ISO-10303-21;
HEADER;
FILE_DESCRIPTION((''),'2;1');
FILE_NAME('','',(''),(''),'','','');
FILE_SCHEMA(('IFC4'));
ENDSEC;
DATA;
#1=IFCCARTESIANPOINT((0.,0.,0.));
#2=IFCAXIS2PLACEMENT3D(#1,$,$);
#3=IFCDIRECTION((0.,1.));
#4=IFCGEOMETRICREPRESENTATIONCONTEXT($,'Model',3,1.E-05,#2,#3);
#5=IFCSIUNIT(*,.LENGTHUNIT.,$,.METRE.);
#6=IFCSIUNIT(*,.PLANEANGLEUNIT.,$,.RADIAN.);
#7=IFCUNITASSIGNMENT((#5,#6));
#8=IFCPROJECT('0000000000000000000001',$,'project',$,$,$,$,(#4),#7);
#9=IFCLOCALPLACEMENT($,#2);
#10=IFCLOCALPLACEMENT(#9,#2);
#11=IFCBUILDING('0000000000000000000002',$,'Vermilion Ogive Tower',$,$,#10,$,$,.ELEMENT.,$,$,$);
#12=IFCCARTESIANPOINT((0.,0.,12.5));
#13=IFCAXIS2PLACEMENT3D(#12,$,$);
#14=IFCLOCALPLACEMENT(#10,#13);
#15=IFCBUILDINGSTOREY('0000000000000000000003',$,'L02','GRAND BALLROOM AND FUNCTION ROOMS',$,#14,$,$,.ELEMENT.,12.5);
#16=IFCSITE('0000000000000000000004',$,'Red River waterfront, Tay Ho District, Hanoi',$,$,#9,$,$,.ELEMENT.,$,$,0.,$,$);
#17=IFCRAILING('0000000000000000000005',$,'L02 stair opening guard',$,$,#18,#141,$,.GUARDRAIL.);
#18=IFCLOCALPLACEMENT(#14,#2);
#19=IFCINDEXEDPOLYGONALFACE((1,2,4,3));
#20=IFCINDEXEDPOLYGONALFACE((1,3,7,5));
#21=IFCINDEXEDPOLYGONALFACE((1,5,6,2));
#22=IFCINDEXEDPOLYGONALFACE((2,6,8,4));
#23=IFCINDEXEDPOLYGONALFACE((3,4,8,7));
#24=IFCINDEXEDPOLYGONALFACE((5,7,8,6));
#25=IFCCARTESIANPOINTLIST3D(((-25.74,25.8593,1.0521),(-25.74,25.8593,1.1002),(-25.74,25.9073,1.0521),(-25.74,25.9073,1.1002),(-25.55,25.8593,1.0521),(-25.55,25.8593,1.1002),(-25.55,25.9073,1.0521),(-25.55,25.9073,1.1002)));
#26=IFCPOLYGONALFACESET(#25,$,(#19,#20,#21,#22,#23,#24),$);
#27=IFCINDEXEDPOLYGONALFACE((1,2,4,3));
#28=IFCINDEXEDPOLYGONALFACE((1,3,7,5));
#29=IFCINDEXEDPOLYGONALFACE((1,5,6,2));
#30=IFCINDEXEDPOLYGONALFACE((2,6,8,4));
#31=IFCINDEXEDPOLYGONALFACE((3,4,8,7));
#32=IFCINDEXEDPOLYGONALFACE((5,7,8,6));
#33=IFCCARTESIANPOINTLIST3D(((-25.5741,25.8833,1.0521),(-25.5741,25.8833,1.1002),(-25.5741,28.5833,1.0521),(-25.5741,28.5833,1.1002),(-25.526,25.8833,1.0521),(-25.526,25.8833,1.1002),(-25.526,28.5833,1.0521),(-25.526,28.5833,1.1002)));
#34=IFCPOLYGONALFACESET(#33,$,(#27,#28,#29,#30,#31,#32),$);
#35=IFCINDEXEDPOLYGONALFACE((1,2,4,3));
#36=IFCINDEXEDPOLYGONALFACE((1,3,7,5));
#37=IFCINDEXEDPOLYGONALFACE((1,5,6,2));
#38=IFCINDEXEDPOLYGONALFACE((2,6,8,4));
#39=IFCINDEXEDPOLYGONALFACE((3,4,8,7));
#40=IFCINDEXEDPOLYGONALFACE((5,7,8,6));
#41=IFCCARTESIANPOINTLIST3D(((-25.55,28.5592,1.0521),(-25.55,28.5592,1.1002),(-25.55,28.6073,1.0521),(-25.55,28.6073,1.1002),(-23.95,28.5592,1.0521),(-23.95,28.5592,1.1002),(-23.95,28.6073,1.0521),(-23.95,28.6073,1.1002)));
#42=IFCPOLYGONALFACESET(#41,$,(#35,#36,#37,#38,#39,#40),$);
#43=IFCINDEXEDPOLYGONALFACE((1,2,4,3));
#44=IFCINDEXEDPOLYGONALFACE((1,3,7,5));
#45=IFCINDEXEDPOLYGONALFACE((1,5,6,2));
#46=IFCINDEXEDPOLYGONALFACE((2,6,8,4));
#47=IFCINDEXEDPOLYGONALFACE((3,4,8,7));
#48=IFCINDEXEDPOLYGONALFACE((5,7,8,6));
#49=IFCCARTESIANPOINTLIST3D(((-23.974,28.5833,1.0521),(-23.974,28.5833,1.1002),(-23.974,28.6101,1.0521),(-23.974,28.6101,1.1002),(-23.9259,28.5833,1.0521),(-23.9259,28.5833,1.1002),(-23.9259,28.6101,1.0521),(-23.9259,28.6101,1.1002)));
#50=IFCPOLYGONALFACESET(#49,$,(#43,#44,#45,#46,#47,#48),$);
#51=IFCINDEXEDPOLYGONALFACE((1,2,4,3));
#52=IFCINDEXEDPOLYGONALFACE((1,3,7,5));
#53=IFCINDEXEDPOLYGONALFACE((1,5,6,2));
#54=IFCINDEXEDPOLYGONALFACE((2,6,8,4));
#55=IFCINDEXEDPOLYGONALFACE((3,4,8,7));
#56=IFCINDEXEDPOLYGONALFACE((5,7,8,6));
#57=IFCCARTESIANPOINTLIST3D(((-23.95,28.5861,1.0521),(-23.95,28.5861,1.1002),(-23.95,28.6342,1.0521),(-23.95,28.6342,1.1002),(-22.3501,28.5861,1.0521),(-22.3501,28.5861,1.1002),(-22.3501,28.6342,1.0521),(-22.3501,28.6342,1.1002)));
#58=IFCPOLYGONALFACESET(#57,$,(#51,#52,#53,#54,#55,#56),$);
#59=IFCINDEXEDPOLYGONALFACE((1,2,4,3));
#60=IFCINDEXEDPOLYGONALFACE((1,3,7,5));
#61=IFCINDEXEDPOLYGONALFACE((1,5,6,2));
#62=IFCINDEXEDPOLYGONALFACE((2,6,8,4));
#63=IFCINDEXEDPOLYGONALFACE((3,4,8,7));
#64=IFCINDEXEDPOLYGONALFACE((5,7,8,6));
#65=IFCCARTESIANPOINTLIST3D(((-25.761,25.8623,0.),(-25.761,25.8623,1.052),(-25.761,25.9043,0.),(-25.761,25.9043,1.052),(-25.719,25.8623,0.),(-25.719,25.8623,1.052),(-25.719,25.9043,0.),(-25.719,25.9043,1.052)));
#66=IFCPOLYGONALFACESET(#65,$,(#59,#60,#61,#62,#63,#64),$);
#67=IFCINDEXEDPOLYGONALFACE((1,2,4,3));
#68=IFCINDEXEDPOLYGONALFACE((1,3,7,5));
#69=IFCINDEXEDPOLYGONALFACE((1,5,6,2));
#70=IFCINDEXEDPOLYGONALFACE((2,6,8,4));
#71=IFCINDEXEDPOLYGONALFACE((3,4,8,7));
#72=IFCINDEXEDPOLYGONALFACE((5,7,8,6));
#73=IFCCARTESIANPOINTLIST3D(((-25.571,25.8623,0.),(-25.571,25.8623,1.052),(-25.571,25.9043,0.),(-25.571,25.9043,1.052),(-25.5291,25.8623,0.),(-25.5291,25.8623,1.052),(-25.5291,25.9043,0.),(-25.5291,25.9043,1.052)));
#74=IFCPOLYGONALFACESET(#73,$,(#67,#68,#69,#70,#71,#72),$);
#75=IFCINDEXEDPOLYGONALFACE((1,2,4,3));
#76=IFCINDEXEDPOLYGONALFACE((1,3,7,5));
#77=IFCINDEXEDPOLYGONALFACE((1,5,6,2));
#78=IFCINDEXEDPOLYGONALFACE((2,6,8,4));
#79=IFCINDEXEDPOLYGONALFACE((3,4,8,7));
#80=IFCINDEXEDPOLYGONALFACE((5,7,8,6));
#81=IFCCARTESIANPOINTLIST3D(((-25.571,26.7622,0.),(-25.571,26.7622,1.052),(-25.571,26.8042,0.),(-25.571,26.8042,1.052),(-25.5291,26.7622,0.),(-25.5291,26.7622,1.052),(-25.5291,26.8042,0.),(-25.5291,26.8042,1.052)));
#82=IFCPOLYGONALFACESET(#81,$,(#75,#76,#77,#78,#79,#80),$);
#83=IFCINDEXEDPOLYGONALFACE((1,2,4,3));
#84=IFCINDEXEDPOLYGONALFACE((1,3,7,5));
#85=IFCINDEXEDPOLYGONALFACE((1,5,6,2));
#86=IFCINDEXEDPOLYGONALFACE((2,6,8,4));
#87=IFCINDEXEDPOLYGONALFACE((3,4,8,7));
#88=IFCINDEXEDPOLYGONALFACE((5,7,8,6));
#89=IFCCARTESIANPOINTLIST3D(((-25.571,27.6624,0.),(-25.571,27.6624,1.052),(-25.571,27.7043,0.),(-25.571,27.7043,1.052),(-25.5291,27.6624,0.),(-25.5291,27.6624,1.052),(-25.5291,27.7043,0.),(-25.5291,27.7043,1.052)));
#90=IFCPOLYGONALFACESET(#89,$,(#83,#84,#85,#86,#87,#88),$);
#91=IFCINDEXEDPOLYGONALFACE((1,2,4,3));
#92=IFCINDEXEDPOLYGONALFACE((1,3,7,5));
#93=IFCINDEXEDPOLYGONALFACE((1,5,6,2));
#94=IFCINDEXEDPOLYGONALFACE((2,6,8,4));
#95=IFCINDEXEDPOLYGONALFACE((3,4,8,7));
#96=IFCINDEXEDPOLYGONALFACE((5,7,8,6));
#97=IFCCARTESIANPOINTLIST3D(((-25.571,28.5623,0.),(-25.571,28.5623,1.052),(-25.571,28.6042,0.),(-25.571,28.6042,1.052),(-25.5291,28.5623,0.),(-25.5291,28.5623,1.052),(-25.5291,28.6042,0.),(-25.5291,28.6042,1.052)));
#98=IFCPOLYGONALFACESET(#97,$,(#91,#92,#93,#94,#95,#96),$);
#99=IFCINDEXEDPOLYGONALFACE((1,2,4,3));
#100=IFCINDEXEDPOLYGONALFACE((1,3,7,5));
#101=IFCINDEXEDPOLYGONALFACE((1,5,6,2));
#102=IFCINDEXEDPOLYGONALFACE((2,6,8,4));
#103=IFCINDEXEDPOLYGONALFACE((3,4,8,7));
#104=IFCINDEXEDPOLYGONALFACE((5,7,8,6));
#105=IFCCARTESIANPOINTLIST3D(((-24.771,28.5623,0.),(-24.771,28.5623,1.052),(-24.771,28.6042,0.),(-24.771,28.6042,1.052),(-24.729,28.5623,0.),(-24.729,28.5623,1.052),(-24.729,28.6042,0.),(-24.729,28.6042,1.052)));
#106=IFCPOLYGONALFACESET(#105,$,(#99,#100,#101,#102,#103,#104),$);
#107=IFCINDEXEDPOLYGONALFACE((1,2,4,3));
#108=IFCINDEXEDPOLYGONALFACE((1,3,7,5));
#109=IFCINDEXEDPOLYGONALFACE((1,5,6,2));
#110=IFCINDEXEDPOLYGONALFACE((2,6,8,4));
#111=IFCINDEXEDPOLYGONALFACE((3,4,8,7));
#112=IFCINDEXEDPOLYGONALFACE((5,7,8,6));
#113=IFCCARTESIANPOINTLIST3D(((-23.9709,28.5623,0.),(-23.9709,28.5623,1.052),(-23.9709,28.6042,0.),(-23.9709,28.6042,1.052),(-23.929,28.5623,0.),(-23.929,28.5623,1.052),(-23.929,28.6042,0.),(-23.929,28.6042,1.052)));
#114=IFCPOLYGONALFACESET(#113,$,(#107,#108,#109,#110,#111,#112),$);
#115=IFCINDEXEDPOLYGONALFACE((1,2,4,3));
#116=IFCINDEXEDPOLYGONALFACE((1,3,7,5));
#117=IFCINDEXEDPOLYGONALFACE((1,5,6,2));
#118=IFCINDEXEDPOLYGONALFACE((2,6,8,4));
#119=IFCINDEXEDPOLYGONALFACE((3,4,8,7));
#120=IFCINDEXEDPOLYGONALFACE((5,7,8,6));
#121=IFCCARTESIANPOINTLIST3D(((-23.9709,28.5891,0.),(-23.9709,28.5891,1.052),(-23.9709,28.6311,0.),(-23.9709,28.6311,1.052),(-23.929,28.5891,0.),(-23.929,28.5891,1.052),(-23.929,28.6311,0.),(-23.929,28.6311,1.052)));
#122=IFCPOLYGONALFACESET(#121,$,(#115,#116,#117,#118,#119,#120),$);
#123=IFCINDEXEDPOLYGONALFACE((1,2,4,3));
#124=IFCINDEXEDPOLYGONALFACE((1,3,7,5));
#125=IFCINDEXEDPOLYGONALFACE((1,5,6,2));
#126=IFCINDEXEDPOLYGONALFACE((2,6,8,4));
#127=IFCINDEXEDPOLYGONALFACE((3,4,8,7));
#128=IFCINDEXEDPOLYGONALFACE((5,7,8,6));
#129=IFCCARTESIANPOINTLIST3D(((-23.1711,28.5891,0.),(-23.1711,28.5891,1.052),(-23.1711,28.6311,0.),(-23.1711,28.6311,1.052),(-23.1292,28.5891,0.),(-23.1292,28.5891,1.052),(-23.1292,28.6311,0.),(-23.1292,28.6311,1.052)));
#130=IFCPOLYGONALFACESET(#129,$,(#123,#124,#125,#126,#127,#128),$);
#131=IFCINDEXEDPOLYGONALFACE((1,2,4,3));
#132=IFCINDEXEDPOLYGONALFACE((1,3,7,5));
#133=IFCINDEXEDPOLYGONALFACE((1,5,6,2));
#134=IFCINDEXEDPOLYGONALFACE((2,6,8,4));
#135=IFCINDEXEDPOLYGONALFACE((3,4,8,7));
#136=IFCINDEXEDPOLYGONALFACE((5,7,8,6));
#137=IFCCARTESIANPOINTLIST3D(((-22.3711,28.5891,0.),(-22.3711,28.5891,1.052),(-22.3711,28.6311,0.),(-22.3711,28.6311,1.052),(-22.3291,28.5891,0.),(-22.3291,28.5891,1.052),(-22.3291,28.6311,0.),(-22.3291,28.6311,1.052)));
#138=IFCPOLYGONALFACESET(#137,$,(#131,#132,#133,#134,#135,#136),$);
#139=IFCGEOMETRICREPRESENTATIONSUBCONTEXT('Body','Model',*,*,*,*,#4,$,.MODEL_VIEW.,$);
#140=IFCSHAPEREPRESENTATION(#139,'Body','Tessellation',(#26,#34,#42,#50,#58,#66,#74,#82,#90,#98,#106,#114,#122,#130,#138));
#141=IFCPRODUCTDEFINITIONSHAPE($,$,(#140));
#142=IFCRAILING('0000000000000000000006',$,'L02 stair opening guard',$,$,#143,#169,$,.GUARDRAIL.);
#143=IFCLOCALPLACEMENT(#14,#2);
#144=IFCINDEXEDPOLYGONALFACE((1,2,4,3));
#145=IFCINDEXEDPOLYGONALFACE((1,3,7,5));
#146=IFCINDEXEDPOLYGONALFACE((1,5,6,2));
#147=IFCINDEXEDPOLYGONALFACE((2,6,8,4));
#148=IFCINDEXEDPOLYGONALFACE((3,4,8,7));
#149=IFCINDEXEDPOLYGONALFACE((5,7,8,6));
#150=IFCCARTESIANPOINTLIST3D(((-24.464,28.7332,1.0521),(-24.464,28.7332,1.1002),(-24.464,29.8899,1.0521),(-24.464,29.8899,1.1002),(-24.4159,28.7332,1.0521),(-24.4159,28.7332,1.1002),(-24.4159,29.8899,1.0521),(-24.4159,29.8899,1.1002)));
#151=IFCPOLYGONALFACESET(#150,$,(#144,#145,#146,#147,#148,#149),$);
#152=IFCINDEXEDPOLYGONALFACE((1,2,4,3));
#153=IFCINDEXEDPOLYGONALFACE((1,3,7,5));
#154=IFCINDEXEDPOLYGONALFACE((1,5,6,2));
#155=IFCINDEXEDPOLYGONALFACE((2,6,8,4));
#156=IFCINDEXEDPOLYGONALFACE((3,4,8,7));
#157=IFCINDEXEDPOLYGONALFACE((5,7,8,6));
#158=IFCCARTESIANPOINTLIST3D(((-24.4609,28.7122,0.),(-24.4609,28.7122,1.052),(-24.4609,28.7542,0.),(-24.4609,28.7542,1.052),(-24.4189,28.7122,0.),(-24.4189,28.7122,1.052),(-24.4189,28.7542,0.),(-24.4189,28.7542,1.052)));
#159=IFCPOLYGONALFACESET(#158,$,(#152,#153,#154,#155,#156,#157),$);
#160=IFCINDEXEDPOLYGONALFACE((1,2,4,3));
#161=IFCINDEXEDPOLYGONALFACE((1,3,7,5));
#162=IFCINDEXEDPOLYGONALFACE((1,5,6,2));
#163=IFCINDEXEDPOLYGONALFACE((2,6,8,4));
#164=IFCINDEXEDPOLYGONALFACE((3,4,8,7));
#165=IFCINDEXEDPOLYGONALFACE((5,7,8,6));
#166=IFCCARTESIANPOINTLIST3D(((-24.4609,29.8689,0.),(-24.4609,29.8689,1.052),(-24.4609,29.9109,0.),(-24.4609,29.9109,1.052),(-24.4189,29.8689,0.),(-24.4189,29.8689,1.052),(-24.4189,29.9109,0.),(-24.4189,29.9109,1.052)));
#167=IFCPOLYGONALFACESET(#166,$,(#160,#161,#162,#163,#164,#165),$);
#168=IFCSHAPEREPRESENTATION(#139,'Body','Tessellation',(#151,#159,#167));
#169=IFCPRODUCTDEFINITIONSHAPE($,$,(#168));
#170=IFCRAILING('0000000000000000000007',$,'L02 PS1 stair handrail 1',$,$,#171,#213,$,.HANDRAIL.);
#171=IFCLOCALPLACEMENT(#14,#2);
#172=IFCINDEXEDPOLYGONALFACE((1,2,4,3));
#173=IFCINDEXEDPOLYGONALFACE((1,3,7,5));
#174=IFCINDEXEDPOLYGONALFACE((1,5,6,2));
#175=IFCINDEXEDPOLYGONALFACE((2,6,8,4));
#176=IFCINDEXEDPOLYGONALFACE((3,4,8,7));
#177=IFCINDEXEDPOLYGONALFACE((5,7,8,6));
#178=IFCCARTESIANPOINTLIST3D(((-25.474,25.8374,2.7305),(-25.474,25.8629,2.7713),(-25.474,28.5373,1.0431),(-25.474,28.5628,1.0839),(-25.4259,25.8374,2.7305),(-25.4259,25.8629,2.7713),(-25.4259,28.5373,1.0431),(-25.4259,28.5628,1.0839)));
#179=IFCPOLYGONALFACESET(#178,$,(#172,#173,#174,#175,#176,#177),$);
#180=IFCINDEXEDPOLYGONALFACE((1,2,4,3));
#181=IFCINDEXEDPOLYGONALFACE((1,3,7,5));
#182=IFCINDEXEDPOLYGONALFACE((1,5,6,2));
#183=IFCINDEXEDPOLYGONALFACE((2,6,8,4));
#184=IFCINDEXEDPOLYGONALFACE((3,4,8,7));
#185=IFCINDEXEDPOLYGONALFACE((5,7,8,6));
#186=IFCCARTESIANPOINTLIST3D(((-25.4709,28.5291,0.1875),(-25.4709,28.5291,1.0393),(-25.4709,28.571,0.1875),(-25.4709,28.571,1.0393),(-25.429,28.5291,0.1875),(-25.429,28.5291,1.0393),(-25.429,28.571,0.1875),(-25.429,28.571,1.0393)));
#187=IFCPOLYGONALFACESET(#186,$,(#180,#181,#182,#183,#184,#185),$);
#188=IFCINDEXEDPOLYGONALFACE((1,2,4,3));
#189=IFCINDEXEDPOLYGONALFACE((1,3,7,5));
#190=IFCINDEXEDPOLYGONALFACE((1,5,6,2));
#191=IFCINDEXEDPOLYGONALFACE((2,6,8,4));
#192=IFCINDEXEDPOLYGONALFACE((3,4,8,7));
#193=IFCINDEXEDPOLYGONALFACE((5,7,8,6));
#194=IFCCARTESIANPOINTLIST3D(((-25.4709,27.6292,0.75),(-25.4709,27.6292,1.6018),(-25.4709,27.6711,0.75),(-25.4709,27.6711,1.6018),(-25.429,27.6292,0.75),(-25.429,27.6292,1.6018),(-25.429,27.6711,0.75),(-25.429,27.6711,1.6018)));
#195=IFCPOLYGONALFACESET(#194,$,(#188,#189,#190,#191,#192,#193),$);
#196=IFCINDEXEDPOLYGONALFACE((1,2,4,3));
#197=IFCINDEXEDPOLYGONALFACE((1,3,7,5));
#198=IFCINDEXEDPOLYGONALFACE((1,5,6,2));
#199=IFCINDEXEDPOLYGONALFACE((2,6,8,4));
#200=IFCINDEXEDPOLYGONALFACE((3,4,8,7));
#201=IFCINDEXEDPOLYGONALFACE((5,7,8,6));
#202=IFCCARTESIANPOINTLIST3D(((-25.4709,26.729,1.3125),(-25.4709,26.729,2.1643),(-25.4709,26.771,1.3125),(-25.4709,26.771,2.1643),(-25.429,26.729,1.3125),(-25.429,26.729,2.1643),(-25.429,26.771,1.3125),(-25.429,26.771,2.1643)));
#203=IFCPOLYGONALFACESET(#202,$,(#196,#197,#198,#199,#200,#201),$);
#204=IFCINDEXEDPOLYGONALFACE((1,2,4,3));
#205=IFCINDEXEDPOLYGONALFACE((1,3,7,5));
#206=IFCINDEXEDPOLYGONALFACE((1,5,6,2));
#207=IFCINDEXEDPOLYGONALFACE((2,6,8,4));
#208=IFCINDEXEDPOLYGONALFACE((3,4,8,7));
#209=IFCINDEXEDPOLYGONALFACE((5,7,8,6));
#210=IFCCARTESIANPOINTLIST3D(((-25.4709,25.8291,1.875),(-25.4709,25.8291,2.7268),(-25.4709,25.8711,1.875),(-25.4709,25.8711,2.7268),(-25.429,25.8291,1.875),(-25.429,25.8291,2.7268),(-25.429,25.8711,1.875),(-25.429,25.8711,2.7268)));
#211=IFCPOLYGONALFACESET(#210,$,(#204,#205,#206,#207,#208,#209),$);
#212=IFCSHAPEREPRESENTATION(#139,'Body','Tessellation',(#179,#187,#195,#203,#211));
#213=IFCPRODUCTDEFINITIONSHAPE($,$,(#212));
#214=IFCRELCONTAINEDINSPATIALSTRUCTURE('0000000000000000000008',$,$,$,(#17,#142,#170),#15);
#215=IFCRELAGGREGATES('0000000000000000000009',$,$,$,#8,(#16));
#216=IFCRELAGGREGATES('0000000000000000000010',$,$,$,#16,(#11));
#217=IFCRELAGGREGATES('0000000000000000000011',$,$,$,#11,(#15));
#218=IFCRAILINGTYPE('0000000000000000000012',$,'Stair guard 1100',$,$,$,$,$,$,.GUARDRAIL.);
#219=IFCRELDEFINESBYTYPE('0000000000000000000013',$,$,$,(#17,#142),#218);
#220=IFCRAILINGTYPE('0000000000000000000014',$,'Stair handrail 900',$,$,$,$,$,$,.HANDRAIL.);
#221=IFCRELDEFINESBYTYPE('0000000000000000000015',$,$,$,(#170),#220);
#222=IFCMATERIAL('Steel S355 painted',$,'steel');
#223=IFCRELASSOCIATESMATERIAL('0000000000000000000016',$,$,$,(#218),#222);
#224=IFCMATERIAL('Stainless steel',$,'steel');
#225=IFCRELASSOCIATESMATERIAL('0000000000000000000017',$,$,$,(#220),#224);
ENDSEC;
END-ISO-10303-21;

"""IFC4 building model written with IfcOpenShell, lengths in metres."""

from ifc_helpers import new_model, si_unit, direction, frame, origin, origin_2d, place, context, subcontext, project, spatial, rectangle, extrude, material, type_object, element, save


model = new_model("IFC4")

# Units and contexts
model_context = context("Model", 3, precision=1e-05, world=origin(), true_north=direction((0.0, 1.0)))
body_context = subcontext(model_context, "Body", "Model", "MODEL_VIEW")
ifc_project = project(units=[si_unit("LENGTHUNIT", "METRE"), si_unit("PLANEANGLEUNIT", "RADIAN")], contexts=[model_context])

# Site, building, storey
site_placement = place(None, origin())
site = spatial("IfcSite", under=ifc_project, at=site_placement, Name="Red River waterfront, Tay Ho District, Hanoi", CompositionType="ELEMENT", RefElevation=0.0)
building_placement = place(site_placement, origin())
building = spatial("IfcBuilding", under=site, at=building_placement, Name="Vermilion Ogive Tower", CompositionType="ELEMENT")
storey_placement = place(building_placement, frame((0.0, 0.0, 12.5)))
storey = spatial("IfcBuildingStorey", under=building, at=storey_placement, Name="L02", Description="GRAND BALLROOM AND FUNCTION ROOMS", CompositionType="ELEMENT", Elevation=12.5)

# Railings
ifc_material_1 = material(Name="Steel S355 painted", Category="steel")
railing_type_1 = type_object("IfcRailingType", Name="Stair guard 1100", PredefinedType="GUARDRAIL", material=ifc_material_1)
railing_1_placement = place(storey_placement, frame((-25.74, 25.8833, 0.0)))
element("IfcRailing", 1, at=railing_1_placement, inside=storey, type_object=railing_type_1, Name="L02 stair opening guard", PredefinedType="GUARDRAIL", context=body_context, shape_type="SweptSolid", body=[
    extrude(rectangle(XDim=0.0481, YDim=0.0481, at=origin_2d()), frame((0.0, 0.0, 1.0762), z_axis=(1.0, 0.0, 0.0), x_axis=(0.0, 1.0, 0.0)), (0.0, 0.0, 1.0), 0.1899),
    extrude(rectangle(XDim=0.0481, YDim=0.0481, at=origin_2d()), frame((0.1899, 0.0, 1.0762), z_axis=(0.0, 1.0, 0.0), x_axis=(-1.0, 0.0, 0.0)), (0.0, 0.0, 1.0), 2.7),
    extrude(rectangle(XDim=0.0481, YDim=0.0481, at=origin_2d()), frame((0.1899, 2.7, 1.0762), z_axis=(1.0, 0.0, 0.0), x_axis=(0.0, 1.0, 0.0)), (0.0, 0.0, 1.0), 1.6001),
    extrude(rectangle(XDim=0.0481, YDim=0.0481, at=origin_2d()), frame((1.79, 2.7, 1.0762), z_axis=(0.0, 1.0, 0.0), x_axis=(-1.0, 0.0, 0.0)), (0.0, 0.0, 1.0), 0.0269),
    extrude(rectangle(XDim=0.0481, YDim=0.0481, at=origin_2d()), frame((1.79, 2.7268, 1.0762), z_axis=(1.0, 0.0, 0.0), x_axis=(0.0, 1.0, 0.0)), (0.0, 0.0, 1.0), 1.5999),
    extrude(rectangle(XDim=0.042, YDim=0.042, at=origin_2d()), origin(), (0.0, 0.0, 1.0), 1.052),
    extrude(rectangle(XDim=0.042, YDim=0.042, at=origin_2d()), frame((0.1899, 0.0, 0.0)), (0.0, 0.0, 1.0), 1.052),
    extrude(rectangle(XDim=0.042, YDim=0.042, at=origin_2d()), frame((0.1899, 0.8999, 0.0)), (0.0, 0.0, 1.0), 1.052),
    extrude(rectangle(XDim=0.042, YDim=0.042, at=origin_2d()), frame((0.1899, 1.8, 0.0)), (0.0, 0.0, 1.0), 1.052),
    extrude(rectangle(XDim=0.042, YDim=0.042, at=origin_2d()), frame((0.1899, 2.7, 0.0)), (0.0, 0.0, 1.0), 1.052),
    extrude(rectangle(XDim=0.042, YDim=0.042, at=origin_2d()), frame((0.99, 2.7, 0.0)), (0.0, 0.0, 1.0), 1.052),
    extrude(rectangle(XDim=0.042, YDim=0.042, at=origin_2d()), frame((1.79, 2.7, 0.0)), (0.0, 0.0, 1.0), 1.052),
    extrude(rectangle(XDim=0.042, YDim=0.042, at=origin_2d()), frame((1.79, 2.7268, 0.0)), (0.0, 0.0, 1.0), 1.052),
    extrude(rectangle(XDim=0.042, YDim=0.042, at=origin_2d()), frame((2.5898, 2.7268, 0.0)), (0.0, 0.0, 1.0), 1.052),
    extrude(rectangle(XDim=0.042, YDim=0.042, at=origin_2d()), frame((3.3899, 2.7268, 0.0)), (0.0, 0.0, 1.0), 1.052),
])
railing_2_placement = place(storey_placement, frame((-24.4399, 28.7332, 0.0)))
element("IfcRailing", 2, at=railing_2_placement, inside=storey, type_object=railing_type_1, Name="L02 stair opening guard", PredefinedType="GUARDRAIL", context=body_context, shape_type="SweptSolid", body=[
    extrude(rectangle(XDim=0.0481, YDim=0.0481, at=origin_2d()), frame((0.0, 0.0, 1.0762), z_axis=(0.0, 1.0, 0.0), x_axis=(-1.0, 0.0, 0.0)), (0.0, 0.0, 1.0), 1.1567),
    extrude(rectangle(XDim=0.042, YDim=0.042, at=origin_2d()), origin(), (0.0, 0.0, 1.0), 1.052),
    extrude(rectangle(XDim=0.042, YDim=0.042, at=origin_2d()), frame((0.0, 1.1567, 0.0)), (0.0, 0.0, 1.0), 1.052),
])
ifc_material_2 = material(Name="Stainless steel", Category="steel")
railing_type_2 = type_object("IfcRailingType", Name="Stair handrail 900", PredefinedType="HANDRAIL", material=ifc_material_2)
railing_3_placement = place(storey_placement, frame((-25.45, 28.55, 0.1875)))
element("IfcRailing", 3, at=railing_3_placement, inside=storey, type_object=railing_type_2, Name="L02 PS1 stair handrail 1", PredefinedType="HANDRAIL", context=body_context, shape_type="SweptSolid", body=[
    extrude(rectangle(XDim=0.0481, YDim=0.0481, at=origin_2d()), frame((0.0, 0.0, 0.876), z_axis=(0.0, -0.847994, 0.530006), x_axis=(1.0, 0.0, 0.0)), (0.0, 0.0, 1.0), 3.1838),
    extrude(rectangle(XDim=0.042, YDim=0.042, at=origin_2d()), origin(), (0.0, 0.0, 1.0), 0.8518),
    extrude(rectangle(XDim=0.042, YDim=0.042, at=origin_2d()), frame((0.0, -0.8999, 0.5625)), (0.0, 0.0, 1.0), 0.8518),
    extrude(rectangle(XDim=0.042, YDim=0.042, at=origin_2d()), frame((0.0, -1.8, 1.125)), (0.0, 0.0, 1.0), 0.8518),
    extrude(rectangle(XDim=0.042, YDim=0.042, at=origin_2d()), frame((0.0, -2.7, 1.6875)), (0.0, 0.0, 1.0), 0.8518),
])

save(model, "model.ifc")
